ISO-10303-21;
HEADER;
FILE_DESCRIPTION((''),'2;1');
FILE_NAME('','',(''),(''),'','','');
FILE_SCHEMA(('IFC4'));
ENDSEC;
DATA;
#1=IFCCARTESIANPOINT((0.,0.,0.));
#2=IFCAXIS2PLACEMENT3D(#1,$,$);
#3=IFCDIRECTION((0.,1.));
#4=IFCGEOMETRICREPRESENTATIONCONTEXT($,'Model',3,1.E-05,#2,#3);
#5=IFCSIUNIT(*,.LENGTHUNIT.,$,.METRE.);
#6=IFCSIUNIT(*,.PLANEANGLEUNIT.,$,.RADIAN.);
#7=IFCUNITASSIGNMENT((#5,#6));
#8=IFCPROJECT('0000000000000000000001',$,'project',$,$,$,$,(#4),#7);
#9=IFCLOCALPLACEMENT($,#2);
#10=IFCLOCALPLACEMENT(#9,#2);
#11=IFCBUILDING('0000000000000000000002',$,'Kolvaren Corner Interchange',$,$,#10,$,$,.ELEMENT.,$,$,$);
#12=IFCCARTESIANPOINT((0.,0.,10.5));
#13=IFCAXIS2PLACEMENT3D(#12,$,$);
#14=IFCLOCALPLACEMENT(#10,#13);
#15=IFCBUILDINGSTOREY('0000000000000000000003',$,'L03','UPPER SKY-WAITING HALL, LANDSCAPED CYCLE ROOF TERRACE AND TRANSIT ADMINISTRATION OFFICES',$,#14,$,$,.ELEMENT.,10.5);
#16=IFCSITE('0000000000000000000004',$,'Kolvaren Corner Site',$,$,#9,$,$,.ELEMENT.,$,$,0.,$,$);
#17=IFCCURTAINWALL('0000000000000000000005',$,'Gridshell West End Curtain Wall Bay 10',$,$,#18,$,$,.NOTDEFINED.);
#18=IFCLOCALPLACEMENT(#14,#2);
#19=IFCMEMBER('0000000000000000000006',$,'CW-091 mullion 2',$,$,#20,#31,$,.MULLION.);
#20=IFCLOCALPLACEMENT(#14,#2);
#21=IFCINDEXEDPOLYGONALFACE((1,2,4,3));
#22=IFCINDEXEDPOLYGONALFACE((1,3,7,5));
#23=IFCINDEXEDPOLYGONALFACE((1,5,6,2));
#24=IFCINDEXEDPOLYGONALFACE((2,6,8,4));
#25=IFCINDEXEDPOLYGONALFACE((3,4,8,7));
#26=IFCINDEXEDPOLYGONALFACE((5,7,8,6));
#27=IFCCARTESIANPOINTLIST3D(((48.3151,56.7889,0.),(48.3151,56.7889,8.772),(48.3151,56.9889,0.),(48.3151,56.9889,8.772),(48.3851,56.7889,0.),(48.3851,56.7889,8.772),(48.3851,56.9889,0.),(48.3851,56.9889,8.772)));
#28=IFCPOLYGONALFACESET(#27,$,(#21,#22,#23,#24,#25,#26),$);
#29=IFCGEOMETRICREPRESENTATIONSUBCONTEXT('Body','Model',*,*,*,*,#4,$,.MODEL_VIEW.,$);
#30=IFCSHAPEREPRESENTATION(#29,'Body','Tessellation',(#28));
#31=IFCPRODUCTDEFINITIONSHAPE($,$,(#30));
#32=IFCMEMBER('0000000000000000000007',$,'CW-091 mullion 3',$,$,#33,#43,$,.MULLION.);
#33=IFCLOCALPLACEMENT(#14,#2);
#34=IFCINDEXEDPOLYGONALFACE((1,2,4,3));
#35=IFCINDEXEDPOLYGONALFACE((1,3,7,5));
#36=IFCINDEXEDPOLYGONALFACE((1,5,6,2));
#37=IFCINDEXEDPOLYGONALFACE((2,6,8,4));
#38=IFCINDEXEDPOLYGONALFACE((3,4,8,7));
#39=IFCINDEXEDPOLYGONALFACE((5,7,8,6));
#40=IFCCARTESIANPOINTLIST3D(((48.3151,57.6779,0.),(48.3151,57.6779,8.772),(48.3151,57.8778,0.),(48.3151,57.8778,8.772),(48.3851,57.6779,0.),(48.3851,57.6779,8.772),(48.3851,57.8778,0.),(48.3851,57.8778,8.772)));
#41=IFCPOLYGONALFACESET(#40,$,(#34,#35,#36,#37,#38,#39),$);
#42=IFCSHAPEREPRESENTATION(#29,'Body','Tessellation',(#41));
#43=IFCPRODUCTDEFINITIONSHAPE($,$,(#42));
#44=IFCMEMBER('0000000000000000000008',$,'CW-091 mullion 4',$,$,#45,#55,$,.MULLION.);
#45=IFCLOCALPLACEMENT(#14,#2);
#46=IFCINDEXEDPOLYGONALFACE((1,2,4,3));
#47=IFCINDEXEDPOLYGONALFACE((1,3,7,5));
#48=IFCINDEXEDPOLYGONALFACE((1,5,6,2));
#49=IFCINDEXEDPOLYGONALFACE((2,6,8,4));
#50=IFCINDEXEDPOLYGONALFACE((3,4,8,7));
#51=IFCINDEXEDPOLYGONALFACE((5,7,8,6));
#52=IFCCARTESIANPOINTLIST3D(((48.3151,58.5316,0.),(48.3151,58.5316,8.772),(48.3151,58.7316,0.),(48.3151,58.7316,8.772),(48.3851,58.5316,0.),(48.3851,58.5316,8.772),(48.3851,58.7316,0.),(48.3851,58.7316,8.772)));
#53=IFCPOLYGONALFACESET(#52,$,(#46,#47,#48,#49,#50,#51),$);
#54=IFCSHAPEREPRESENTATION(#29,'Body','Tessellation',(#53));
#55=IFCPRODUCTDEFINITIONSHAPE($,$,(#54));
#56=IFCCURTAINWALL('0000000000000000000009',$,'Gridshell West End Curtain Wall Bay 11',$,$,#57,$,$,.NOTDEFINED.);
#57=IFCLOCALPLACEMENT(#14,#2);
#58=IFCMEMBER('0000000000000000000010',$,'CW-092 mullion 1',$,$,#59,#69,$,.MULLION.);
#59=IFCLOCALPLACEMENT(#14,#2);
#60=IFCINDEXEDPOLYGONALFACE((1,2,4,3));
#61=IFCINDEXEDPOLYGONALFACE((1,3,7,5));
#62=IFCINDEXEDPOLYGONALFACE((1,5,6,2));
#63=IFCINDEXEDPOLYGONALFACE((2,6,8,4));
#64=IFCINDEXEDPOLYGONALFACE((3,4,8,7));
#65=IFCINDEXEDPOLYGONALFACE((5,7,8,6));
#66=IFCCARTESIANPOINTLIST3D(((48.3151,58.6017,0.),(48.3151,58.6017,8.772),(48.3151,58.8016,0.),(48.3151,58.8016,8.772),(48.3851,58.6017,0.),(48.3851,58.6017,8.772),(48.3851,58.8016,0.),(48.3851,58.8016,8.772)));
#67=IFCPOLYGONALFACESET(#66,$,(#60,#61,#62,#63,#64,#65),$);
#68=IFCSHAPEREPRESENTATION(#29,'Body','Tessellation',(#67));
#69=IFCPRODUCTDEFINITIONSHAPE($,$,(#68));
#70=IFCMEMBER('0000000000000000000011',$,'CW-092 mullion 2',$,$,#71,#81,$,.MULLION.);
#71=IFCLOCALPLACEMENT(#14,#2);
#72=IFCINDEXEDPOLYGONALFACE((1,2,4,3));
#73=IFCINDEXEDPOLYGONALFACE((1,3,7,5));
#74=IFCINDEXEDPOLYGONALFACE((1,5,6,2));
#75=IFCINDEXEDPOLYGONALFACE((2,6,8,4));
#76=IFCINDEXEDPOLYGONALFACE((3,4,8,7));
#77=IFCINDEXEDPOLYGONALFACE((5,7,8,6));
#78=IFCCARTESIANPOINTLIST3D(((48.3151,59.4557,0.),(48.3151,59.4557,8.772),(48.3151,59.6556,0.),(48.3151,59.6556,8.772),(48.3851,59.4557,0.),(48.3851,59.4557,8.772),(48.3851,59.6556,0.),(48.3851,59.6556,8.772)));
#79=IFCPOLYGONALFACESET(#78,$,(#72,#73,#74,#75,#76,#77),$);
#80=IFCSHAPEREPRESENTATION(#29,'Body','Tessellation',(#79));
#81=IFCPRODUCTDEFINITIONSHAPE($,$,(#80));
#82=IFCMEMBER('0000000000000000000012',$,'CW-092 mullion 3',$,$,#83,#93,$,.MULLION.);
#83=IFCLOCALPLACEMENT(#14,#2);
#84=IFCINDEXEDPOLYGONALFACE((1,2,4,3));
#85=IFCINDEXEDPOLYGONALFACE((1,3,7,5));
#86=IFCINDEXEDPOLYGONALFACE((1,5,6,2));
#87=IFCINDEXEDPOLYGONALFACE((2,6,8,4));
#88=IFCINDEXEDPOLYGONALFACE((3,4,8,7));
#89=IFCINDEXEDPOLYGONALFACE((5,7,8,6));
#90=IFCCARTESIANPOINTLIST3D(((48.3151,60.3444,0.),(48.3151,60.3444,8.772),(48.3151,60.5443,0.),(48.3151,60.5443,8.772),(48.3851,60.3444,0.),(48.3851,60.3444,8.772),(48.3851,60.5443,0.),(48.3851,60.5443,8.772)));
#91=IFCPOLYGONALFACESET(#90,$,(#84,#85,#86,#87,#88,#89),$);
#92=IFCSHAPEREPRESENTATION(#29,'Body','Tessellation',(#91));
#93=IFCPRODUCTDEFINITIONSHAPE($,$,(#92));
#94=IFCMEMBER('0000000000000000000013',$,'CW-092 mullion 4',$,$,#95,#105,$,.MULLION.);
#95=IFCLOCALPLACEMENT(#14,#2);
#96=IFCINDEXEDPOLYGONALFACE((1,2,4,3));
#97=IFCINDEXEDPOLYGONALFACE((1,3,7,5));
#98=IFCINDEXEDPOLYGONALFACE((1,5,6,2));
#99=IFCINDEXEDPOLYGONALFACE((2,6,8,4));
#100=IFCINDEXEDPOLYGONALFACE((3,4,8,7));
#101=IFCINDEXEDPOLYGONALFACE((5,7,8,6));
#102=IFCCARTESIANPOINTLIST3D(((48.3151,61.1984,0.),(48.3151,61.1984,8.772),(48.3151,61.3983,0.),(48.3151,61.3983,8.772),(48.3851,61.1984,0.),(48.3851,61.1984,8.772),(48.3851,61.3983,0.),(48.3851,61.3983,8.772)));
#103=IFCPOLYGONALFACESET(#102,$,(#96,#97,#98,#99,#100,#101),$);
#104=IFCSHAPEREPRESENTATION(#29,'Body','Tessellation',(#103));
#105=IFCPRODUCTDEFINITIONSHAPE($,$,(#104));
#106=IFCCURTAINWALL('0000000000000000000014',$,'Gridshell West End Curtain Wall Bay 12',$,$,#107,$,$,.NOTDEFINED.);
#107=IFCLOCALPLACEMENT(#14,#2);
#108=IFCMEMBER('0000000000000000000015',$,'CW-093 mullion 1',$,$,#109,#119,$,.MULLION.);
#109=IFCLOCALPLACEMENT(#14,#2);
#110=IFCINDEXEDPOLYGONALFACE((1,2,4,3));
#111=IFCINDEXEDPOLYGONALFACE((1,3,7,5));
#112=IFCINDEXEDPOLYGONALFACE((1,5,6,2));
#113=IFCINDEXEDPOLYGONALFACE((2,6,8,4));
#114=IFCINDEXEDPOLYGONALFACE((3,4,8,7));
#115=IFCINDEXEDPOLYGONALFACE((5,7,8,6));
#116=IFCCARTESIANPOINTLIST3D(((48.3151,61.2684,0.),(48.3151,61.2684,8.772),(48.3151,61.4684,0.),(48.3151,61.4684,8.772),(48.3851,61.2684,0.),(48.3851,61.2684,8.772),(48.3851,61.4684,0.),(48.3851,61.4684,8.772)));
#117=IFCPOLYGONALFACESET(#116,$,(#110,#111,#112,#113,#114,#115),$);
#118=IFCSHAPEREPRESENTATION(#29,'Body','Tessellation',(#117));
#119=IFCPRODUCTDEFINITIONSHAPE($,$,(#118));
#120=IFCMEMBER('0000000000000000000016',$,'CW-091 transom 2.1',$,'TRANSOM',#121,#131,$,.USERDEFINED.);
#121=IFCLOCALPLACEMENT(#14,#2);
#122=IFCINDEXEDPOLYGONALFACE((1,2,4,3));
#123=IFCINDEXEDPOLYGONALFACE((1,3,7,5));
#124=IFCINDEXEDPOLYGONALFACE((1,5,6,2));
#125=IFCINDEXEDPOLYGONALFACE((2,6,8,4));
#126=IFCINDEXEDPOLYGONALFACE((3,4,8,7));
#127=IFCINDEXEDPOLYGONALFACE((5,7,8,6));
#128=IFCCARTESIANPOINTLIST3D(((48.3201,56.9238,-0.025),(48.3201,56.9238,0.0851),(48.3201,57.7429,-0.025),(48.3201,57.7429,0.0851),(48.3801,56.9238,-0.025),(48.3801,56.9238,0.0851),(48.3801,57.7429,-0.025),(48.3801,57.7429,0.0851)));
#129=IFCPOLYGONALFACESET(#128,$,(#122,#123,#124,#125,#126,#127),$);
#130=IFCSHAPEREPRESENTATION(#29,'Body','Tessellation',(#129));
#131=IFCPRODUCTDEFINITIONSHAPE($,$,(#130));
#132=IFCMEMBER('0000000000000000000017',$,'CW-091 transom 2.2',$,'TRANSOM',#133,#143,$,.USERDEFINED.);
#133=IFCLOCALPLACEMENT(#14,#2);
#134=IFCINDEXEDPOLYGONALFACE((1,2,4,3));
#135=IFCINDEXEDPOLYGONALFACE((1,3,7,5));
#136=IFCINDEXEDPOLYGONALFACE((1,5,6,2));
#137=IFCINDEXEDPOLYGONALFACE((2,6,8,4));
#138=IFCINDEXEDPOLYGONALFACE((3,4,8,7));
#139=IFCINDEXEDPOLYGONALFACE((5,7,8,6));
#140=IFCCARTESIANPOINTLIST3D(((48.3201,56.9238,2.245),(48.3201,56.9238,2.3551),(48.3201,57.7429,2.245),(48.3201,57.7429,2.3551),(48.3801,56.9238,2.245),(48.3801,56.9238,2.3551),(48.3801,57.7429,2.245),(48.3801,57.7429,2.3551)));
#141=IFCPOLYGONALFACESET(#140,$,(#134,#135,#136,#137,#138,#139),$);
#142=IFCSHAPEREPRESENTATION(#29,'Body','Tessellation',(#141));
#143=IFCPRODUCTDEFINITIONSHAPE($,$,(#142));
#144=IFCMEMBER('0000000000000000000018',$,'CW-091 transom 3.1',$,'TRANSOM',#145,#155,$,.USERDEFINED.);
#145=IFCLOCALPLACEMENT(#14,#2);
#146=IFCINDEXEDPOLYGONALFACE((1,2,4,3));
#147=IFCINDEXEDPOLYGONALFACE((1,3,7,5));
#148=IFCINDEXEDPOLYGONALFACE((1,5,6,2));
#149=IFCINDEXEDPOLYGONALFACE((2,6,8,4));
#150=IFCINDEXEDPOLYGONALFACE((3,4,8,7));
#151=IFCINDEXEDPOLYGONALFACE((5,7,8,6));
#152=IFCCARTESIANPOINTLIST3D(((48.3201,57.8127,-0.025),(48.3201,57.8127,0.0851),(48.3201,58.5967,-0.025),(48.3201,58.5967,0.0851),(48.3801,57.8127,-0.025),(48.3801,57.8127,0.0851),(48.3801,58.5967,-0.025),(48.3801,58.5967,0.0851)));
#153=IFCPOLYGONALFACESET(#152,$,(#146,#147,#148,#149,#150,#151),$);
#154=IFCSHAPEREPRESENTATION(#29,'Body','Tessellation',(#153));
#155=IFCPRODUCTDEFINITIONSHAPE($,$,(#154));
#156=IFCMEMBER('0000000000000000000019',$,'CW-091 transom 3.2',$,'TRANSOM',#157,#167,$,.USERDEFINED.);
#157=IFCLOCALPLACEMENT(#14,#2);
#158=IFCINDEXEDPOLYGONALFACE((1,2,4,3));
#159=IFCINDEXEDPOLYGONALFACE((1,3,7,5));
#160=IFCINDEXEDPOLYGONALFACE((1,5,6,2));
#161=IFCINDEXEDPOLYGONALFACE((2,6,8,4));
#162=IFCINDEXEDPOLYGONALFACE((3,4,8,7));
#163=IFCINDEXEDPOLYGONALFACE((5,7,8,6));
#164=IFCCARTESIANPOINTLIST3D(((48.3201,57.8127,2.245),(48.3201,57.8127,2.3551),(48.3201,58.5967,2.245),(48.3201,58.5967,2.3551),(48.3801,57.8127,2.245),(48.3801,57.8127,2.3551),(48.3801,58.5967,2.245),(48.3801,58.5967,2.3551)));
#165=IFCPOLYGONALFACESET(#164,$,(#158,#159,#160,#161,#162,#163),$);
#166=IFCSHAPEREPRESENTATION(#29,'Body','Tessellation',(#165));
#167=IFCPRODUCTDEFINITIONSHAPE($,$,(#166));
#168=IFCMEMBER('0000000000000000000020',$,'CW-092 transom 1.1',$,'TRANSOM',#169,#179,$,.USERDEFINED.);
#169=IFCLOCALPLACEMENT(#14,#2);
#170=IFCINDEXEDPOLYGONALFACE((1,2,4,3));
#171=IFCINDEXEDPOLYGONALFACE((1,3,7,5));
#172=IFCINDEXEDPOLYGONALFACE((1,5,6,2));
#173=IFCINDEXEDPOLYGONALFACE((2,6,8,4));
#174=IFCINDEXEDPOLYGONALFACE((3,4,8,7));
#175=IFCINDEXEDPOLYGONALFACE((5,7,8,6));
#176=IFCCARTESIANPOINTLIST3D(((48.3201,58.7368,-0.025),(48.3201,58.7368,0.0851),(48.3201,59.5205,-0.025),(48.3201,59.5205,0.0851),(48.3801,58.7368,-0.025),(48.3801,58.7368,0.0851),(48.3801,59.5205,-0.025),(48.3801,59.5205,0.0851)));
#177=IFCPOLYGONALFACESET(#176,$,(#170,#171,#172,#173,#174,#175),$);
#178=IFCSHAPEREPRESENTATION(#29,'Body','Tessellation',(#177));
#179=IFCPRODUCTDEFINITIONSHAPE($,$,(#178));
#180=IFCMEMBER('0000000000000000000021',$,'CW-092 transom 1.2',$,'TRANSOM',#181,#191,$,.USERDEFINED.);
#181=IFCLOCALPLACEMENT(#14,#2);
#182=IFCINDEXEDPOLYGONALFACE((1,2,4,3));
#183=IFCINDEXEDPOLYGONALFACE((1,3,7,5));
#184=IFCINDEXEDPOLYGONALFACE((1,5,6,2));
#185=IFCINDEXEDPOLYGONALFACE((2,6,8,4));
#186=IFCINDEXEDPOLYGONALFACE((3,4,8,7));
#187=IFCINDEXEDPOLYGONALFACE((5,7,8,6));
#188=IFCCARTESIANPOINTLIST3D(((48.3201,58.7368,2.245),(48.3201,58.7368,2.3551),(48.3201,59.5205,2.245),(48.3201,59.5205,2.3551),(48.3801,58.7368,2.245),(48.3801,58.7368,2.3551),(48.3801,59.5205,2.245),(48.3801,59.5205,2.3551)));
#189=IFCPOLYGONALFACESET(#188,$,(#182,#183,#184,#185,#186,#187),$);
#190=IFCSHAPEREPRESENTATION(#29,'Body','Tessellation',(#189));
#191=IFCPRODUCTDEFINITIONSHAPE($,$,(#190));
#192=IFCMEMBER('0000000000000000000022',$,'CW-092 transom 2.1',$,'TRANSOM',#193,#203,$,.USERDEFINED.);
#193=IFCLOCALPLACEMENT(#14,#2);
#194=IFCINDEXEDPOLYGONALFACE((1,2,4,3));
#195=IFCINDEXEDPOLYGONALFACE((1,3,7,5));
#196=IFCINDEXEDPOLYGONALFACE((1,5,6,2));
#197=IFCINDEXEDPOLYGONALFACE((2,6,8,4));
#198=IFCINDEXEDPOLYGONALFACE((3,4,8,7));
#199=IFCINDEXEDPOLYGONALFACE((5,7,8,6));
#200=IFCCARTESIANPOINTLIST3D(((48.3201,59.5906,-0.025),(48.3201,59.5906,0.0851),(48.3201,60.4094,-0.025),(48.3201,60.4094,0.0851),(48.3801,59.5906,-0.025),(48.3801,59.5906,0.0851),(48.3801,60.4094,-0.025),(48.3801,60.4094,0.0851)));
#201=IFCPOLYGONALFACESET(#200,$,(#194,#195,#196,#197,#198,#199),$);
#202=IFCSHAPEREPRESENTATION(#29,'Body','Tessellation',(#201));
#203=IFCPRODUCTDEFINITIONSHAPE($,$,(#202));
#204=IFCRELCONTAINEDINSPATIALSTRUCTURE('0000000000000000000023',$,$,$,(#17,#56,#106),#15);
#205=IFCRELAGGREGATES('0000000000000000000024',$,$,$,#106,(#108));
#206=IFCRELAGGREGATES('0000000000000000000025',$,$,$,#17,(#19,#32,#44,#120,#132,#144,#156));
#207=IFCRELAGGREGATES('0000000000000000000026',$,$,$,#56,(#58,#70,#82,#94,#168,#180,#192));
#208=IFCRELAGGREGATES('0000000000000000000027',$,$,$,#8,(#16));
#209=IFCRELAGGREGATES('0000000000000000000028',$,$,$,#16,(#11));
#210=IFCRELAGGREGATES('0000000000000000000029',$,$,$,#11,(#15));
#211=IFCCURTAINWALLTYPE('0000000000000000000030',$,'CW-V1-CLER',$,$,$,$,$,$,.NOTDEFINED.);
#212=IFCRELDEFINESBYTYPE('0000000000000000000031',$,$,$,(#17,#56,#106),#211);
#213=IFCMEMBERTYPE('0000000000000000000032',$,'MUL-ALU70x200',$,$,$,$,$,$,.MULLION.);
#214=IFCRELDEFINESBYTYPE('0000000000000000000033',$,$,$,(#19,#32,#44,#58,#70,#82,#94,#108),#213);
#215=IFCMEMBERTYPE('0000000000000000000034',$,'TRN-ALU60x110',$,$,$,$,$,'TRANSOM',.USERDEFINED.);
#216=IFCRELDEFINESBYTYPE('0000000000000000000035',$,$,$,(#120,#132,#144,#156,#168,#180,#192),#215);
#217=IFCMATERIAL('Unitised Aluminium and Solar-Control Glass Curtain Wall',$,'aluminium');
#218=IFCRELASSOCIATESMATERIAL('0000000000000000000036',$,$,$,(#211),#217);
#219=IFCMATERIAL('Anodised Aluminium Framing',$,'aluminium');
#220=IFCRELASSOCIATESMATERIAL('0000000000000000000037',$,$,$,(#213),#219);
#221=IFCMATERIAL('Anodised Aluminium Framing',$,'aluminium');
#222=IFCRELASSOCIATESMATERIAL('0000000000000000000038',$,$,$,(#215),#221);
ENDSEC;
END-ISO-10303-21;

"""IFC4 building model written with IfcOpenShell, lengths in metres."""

from ifc_helpers import new_model, si_unit, direction, frame, origin, origin_2d, place, context, subcontext, project, spatial, rectangle, extrude, material, material_profile, profile_set, type_object, element, aggregate, save


model = new_model("IFC4")

# Units and contexts
model_context = context("Model", 3, precision=1e-05, world=origin(), true_north=direction((0.0, 1.0)))
body_context = subcontext(model_context, "Body", "Model", "MODEL_VIEW")
ifc_project = project(units=[si_unit("LENGTHUNIT", "METRE"), si_unit("PLANEANGLEUNIT", "RADIAN")], contexts=[model_context])

# Site, building, storey
site_placement = place(None, origin())
site = spatial("IfcSite", under=ifc_project, at=site_placement, Name="Kolvaren Corner Site", CompositionType="ELEMENT", RefElevation=0.0)
building_placement = place(site_placement, origin())
building = spatial("IfcBuilding", under=site, at=building_placement, Name="Kolvaren Corner Interchange", CompositionType="ELEMENT")
storey_placement = place(building_placement, frame((0.0, 0.0, 10.5)))
storey = spatial("IfcBuildingStorey", under=building, at=storey_placement, Name="L03", Description="UPPER SKY-WAITING HALL, LANDSCAPED CYCLE ROOF TERRACE AND TRANSIT ADMINISTRATION OFFICES", CompositionType="ELEMENT", Elevation=10.5)

# Curtain walls, members
ifc_material_1 = material(Name="Unitised Aluminium and Solar-Control Glass Curtain Wall", Category="aluminium")
curtain_wall_type = type_object("IfcCurtainWallType", Name="CW-V1-CLER", PredefinedType="NOTDEFINED", material=ifc_material_1)
curtain_wall_1_placement = place(storey_placement, origin())
curtain_wall_1 = element("IfcCurtainWall", 1, at=curtain_wall_1_placement, inside=storey, type_object=curtain_wall_type, Name="Gridshell West End Curtain Wall Bay 10", PredefinedType="NOTDEFINED")
ifc_material_2 = material(Name="Anodised Aluminium Framing", Category="aluminium")
ifc_material_profile_1 = material_profile(ifc_material_2, rectangle(XDim=0.0701, YDim=0.2, at=origin_2d()), Name="ALU 70x200")
ifc_profile_set_1 = profile_set([ifc_material_profile_1], Name="Anodised Aluminium Framing")
member_type_1 = type_object("IfcMemberType", Name="MUL-ALU70x200", PredefinedType="MULLION", material=ifc_profile_set_1)
member_1_placement = place(storey_placement, frame((48.3501, 56.8889, 0.0), z_axis=(0.0, 0.0, 1.0), x_axis=(-1.0, 0.0, 0.0)))
member_1 = element("IfcMember", 2, at=member_1_placement, type_object=member_type_1, Name="CW-091 mullion 2", PredefinedType="MULLION", context=body_context, shape_type="SweptSolid", body=[
    extrude(rectangle(XDim=0.0701, YDim=0.2, at=origin_2d()), origin(), (0.0, 0.0, 1.0), 8.772),
])
member_2_placement = place(storey_placement, frame((48.3501, 57.7778, 0.0), z_axis=(0.0, 0.0, 1.0), x_axis=(-1.0, 0.0, 0.0)))
member_2 = element("IfcMember", 3, at=member_2_placement, type_object=member_type_1, Name="CW-091 mullion 3", PredefinedType="MULLION", context=body_context, shape_type="SweptSolid", body=[
    extrude(rectangle(XDim=0.0701, YDim=0.2, at=origin_2d()), origin(), (0.0, 0.0, 1.0), 8.772),
])
member_3_placement = place(storey_placement, frame((48.3501, 58.6316, 0.0), z_axis=(0.0, 0.0, 1.0), x_axis=(-1.0, 0.0, 0.0)))
member_3 = element("IfcMember", 4, at=member_3_placement, type_object=member_type_1, Name="CW-091 mullion 4", PredefinedType="MULLION", context=body_context, shape_type="SweptSolid", body=[
    extrude(rectangle(XDim=0.0701, YDim=0.2, at=origin_2d()), origin(), (0.0, 0.0, 1.0), 8.772),
])
curtain_wall_2_placement = place(storey_placement, origin())
curtain_wall_2 = element("IfcCurtainWall", 5, at=curtain_wall_2_placement, inside=storey, type_object=curtain_wall_type, Name="Gridshell West End Curtain Wall Bay 11", PredefinedType="NOTDEFINED")
member_4_placement = place(storey_placement, frame((48.3501, 58.7017, 0.0), z_axis=(0.0, 0.0, 1.0), x_axis=(-1.0, 0.0, 0.0)))
member_4 = element("IfcMember", 6, at=member_4_placement, type_object=member_type_1, Name="CW-092 mullion 1", PredefinedType="MULLION", context=body_context, shape_type="SweptSolid", body=[
    extrude(rectangle(XDim=0.0701, YDim=0.2, at=origin_2d()), origin(), (0.0, 0.0, 1.0), 8.772),
])
member_5_placement = place(storey_placement, frame((48.3501, 59.5557, 0.0), z_axis=(0.0, 0.0, 1.0), x_axis=(-1.0, 0.0, 0.0)))
member_5 = element("IfcMember", 7, at=member_5_placement, type_object=member_type_1, Name="CW-092 mullion 2", PredefinedType="MULLION", context=body_context, shape_type="SweptSolid", body=[
    extrude(rectangle(XDim=0.0701, YDim=0.2, at=origin_2d()), origin(), (0.0, 0.0, 1.0), 8.772),
])
member_6_placement = place(storey_placement, frame((48.3501, 60.4443, 0.0), z_axis=(0.0, 0.0, 1.0), x_axis=(-1.0, 0.0, 0.0)))
member_6 = element("IfcMember", 8, at=member_6_placement, type_object=member_type_1, Name="CW-092 mullion 3", PredefinedType="MULLION", context=body_context, shape_type="SweptSolid", body=[
    extrude(rectangle(XDim=0.0701, YDim=0.2, at=origin_2d()), origin(), (0.0, 0.0, 1.0), 8.772),
])
member_7_placement = place(storey_placement, frame((48.3501, 61.2983, 0.0), z_axis=(0.0, 0.0, 1.0), x_axis=(-1.0, 0.0, 0.0)))
member_7 = element("IfcMember", 9, at=member_7_placement, type_object=member_type_1, Name="CW-092 mullion 4", PredefinedType="MULLION", context=body_context, shape_type="SweptSolid", body=[
    extrude(rectangle(XDim=0.0701, YDim=0.2, at=origin_2d()), origin(), (0.0, 0.0, 1.0), 8.772),
])

# Curtain wall, member
curtain_wall_3_placement = place(storey_placement, origin())
curtain_wall_3 = element("IfcCurtainWall", 10, at=curtain_wall_3_placement, inside=storey, type_object=curtain_wall_type, Name="Gridshell West End Curtain Wall Bay 12", PredefinedType="NOTDEFINED")
member_8_placement = place(storey_placement, frame((48.3501, 61.3684, 0.0), z_axis=(0.0, 0.0, 1.0), x_axis=(-1.0, 0.0, 0.0)))
member_8 = element("IfcMember", 11, at=member_8_placement, type_object=member_type_1, Name="CW-093 mullion 1", PredefinedType="MULLION", context=body_context, shape_type="SweptSolid", body=[
    extrude(rectangle(XDim=0.0701, YDim=0.2, at=origin_2d()), origin(), (0.0, 0.0, 1.0), 8.772),
])
aggregate(curtain_wall_3, [member_8])

# Members
ifc_material_3 = material(Name="Anodised Aluminium Framing", Category="aluminium")
ifc_material_profile_2 = material_profile(ifc_material_3, rectangle(XDim=0.0601, YDim=0.1101, at=origin_2d()), Name="ALU 60x110")
ifc_profile_set_2 = profile_set([ifc_material_profile_2], Name="Anodised Aluminium Framing")
member_type_2 = type_object("IfcMemberType", Name="TRN-ALU60x110", ElementType="TRANSOM", PredefinedType="USERDEFINED", material=ifc_profile_set_2)
member_9_placement = place(storey_placement, frame((48.3501, 56.9238, 0.03), z_axis=(0.0, 1.0, 0.0), x_axis=(-1.0, 0.0, 0.0)))
member_9 = element("IfcMember", 12, at=member_9_placement, type_object=member_type_2, Name="CW-091 transom 2.1", ObjectType="TRANSOM", PredefinedType="USERDEFINED", context=body_context, shape_type="SweptSolid", body=[
    extrude(rectangle(XDim=0.0601, YDim=0.1101, at=origin_2d()), origin(), (0.0, 0.0, 1.0), 0.8191),
])
member_10_placement = place(storey_placement, frame((48.3501, 56.9238, 2.3), z_axis=(0.0, 1.0, 0.0), x_axis=(-1.0, 0.0, 0.0)))
member_10 = element("IfcMember", 13, at=member_10_placement, type_object=member_type_2, Name="CW-091 transom 2.2", ObjectType="TRANSOM", PredefinedType="USERDEFINED", context=body_context, shape_type="SweptSolid", body=[
    extrude(rectangle(XDim=0.0601, YDim=0.1101, at=origin_2d()), origin(), (0.0, 0.0, 1.0), 0.8191),
])
member_11_placement = place(storey_placement, frame((48.3501, 57.8127, 0.03), z_axis=(0.0, 1.0, 0.0), x_axis=(-1.0, 0.0, 0.0)))
member_11 = element("IfcMember", 14, at=member_11_placement, type_object=member_type_2, Name="CW-091 transom 3.1", ObjectType="TRANSOM", PredefinedType="USERDEFINED", context=body_context, shape_type="SweptSolid", body=[
    extrude(rectangle(XDim=0.0601, YDim=0.1101, at=origin_2d()), origin(), (0.0, 0.0, 1.0), 0.7839),
])
member_12_placement = place(storey_placement, frame((48.3501, 57.8127, 2.3), z_axis=(0.0, 1.0, 0.0), x_axis=(-1.0, 0.0, 0.0)))
member_12 = element("IfcMember", 15, at=member_12_placement, type_object=member_type_2, Name="CW-091 transom 3.2", ObjectType="TRANSOM", PredefinedType="USERDEFINED", context=body_context, shape_type="SweptSolid", body=[
    extrude(rectangle(XDim=0.0601, YDim=0.1101, at=origin_2d()), origin(), (0.0, 0.0, 1.0), 0.7839),
])
member_13_placement = place(storey_placement, frame((48.3501, 58.7368, 0.03), z_axis=(0.0, 1.0, 0.0), x_axis=(-1.0, 0.0, 0.0)))
member_13 = element("IfcMember", 16, at=member_13_placement, type_object=member_type_2, Name="CW-092 transom 1.1", ObjectType="TRANSOM", PredefinedType="USERDEFINED", context=body_context, shape_type="SweptSolid", body=[
    extrude(rectangle(XDim=0.0601, YDim=0.1101, at=origin_2d()), origin(), (0.0, 0.0, 1.0), 0.7837),
])
member_14_placement = place(storey_placement, frame((48.3501, 58.7368, 2.3), z_axis=(0.0, 1.0, 0.0), x_axis=(-1.0, 0.0, 0.0)))
member_14 = element("IfcMember", 17, at=member_14_placement, type_object=member_type_2, Name="CW-092 transom 1.2", ObjectType="TRANSOM", PredefinedType="USERDEFINED", context=body_context, shape_type="SweptSolid", body=[
    extrude(rectangle(XDim=0.0601, YDim=0.1101, at=origin_2d()), origin(), (0.0, 0.0, 1.0), 0.7837),
])
member_15_placement = place(storey_placement, frame((48.3501, 59.5906, 0.03), z_axis=(0.0, 1.0, 0.0), x_axis=(-1.0, 0.0, 0.0)))
member_15 = element("IfcMember", 18, at=member_15_placement, type_object=member_type_2, Name="CW-092 transom 2.1", ObjectType="TRANSOM", PredefinedType="USERDEFINED", context=body_context, shape_type="SweptSolid", body=[
    extrude(rectangle(XDim=0.0601, YDim=0.1101, at=origin_2d()), origin(), (0.0, 0.0, 1.0), 0.8188),
])

aggregate(curtain_wall_1, [member_1, member_2, member_3, member_9, member_10, member_11, member_12])
aggregate(curtain_wall_2, [member_4, member_5, member_6, member_7, member_13, member_14, member_15])

save(model, "model.ifc")
